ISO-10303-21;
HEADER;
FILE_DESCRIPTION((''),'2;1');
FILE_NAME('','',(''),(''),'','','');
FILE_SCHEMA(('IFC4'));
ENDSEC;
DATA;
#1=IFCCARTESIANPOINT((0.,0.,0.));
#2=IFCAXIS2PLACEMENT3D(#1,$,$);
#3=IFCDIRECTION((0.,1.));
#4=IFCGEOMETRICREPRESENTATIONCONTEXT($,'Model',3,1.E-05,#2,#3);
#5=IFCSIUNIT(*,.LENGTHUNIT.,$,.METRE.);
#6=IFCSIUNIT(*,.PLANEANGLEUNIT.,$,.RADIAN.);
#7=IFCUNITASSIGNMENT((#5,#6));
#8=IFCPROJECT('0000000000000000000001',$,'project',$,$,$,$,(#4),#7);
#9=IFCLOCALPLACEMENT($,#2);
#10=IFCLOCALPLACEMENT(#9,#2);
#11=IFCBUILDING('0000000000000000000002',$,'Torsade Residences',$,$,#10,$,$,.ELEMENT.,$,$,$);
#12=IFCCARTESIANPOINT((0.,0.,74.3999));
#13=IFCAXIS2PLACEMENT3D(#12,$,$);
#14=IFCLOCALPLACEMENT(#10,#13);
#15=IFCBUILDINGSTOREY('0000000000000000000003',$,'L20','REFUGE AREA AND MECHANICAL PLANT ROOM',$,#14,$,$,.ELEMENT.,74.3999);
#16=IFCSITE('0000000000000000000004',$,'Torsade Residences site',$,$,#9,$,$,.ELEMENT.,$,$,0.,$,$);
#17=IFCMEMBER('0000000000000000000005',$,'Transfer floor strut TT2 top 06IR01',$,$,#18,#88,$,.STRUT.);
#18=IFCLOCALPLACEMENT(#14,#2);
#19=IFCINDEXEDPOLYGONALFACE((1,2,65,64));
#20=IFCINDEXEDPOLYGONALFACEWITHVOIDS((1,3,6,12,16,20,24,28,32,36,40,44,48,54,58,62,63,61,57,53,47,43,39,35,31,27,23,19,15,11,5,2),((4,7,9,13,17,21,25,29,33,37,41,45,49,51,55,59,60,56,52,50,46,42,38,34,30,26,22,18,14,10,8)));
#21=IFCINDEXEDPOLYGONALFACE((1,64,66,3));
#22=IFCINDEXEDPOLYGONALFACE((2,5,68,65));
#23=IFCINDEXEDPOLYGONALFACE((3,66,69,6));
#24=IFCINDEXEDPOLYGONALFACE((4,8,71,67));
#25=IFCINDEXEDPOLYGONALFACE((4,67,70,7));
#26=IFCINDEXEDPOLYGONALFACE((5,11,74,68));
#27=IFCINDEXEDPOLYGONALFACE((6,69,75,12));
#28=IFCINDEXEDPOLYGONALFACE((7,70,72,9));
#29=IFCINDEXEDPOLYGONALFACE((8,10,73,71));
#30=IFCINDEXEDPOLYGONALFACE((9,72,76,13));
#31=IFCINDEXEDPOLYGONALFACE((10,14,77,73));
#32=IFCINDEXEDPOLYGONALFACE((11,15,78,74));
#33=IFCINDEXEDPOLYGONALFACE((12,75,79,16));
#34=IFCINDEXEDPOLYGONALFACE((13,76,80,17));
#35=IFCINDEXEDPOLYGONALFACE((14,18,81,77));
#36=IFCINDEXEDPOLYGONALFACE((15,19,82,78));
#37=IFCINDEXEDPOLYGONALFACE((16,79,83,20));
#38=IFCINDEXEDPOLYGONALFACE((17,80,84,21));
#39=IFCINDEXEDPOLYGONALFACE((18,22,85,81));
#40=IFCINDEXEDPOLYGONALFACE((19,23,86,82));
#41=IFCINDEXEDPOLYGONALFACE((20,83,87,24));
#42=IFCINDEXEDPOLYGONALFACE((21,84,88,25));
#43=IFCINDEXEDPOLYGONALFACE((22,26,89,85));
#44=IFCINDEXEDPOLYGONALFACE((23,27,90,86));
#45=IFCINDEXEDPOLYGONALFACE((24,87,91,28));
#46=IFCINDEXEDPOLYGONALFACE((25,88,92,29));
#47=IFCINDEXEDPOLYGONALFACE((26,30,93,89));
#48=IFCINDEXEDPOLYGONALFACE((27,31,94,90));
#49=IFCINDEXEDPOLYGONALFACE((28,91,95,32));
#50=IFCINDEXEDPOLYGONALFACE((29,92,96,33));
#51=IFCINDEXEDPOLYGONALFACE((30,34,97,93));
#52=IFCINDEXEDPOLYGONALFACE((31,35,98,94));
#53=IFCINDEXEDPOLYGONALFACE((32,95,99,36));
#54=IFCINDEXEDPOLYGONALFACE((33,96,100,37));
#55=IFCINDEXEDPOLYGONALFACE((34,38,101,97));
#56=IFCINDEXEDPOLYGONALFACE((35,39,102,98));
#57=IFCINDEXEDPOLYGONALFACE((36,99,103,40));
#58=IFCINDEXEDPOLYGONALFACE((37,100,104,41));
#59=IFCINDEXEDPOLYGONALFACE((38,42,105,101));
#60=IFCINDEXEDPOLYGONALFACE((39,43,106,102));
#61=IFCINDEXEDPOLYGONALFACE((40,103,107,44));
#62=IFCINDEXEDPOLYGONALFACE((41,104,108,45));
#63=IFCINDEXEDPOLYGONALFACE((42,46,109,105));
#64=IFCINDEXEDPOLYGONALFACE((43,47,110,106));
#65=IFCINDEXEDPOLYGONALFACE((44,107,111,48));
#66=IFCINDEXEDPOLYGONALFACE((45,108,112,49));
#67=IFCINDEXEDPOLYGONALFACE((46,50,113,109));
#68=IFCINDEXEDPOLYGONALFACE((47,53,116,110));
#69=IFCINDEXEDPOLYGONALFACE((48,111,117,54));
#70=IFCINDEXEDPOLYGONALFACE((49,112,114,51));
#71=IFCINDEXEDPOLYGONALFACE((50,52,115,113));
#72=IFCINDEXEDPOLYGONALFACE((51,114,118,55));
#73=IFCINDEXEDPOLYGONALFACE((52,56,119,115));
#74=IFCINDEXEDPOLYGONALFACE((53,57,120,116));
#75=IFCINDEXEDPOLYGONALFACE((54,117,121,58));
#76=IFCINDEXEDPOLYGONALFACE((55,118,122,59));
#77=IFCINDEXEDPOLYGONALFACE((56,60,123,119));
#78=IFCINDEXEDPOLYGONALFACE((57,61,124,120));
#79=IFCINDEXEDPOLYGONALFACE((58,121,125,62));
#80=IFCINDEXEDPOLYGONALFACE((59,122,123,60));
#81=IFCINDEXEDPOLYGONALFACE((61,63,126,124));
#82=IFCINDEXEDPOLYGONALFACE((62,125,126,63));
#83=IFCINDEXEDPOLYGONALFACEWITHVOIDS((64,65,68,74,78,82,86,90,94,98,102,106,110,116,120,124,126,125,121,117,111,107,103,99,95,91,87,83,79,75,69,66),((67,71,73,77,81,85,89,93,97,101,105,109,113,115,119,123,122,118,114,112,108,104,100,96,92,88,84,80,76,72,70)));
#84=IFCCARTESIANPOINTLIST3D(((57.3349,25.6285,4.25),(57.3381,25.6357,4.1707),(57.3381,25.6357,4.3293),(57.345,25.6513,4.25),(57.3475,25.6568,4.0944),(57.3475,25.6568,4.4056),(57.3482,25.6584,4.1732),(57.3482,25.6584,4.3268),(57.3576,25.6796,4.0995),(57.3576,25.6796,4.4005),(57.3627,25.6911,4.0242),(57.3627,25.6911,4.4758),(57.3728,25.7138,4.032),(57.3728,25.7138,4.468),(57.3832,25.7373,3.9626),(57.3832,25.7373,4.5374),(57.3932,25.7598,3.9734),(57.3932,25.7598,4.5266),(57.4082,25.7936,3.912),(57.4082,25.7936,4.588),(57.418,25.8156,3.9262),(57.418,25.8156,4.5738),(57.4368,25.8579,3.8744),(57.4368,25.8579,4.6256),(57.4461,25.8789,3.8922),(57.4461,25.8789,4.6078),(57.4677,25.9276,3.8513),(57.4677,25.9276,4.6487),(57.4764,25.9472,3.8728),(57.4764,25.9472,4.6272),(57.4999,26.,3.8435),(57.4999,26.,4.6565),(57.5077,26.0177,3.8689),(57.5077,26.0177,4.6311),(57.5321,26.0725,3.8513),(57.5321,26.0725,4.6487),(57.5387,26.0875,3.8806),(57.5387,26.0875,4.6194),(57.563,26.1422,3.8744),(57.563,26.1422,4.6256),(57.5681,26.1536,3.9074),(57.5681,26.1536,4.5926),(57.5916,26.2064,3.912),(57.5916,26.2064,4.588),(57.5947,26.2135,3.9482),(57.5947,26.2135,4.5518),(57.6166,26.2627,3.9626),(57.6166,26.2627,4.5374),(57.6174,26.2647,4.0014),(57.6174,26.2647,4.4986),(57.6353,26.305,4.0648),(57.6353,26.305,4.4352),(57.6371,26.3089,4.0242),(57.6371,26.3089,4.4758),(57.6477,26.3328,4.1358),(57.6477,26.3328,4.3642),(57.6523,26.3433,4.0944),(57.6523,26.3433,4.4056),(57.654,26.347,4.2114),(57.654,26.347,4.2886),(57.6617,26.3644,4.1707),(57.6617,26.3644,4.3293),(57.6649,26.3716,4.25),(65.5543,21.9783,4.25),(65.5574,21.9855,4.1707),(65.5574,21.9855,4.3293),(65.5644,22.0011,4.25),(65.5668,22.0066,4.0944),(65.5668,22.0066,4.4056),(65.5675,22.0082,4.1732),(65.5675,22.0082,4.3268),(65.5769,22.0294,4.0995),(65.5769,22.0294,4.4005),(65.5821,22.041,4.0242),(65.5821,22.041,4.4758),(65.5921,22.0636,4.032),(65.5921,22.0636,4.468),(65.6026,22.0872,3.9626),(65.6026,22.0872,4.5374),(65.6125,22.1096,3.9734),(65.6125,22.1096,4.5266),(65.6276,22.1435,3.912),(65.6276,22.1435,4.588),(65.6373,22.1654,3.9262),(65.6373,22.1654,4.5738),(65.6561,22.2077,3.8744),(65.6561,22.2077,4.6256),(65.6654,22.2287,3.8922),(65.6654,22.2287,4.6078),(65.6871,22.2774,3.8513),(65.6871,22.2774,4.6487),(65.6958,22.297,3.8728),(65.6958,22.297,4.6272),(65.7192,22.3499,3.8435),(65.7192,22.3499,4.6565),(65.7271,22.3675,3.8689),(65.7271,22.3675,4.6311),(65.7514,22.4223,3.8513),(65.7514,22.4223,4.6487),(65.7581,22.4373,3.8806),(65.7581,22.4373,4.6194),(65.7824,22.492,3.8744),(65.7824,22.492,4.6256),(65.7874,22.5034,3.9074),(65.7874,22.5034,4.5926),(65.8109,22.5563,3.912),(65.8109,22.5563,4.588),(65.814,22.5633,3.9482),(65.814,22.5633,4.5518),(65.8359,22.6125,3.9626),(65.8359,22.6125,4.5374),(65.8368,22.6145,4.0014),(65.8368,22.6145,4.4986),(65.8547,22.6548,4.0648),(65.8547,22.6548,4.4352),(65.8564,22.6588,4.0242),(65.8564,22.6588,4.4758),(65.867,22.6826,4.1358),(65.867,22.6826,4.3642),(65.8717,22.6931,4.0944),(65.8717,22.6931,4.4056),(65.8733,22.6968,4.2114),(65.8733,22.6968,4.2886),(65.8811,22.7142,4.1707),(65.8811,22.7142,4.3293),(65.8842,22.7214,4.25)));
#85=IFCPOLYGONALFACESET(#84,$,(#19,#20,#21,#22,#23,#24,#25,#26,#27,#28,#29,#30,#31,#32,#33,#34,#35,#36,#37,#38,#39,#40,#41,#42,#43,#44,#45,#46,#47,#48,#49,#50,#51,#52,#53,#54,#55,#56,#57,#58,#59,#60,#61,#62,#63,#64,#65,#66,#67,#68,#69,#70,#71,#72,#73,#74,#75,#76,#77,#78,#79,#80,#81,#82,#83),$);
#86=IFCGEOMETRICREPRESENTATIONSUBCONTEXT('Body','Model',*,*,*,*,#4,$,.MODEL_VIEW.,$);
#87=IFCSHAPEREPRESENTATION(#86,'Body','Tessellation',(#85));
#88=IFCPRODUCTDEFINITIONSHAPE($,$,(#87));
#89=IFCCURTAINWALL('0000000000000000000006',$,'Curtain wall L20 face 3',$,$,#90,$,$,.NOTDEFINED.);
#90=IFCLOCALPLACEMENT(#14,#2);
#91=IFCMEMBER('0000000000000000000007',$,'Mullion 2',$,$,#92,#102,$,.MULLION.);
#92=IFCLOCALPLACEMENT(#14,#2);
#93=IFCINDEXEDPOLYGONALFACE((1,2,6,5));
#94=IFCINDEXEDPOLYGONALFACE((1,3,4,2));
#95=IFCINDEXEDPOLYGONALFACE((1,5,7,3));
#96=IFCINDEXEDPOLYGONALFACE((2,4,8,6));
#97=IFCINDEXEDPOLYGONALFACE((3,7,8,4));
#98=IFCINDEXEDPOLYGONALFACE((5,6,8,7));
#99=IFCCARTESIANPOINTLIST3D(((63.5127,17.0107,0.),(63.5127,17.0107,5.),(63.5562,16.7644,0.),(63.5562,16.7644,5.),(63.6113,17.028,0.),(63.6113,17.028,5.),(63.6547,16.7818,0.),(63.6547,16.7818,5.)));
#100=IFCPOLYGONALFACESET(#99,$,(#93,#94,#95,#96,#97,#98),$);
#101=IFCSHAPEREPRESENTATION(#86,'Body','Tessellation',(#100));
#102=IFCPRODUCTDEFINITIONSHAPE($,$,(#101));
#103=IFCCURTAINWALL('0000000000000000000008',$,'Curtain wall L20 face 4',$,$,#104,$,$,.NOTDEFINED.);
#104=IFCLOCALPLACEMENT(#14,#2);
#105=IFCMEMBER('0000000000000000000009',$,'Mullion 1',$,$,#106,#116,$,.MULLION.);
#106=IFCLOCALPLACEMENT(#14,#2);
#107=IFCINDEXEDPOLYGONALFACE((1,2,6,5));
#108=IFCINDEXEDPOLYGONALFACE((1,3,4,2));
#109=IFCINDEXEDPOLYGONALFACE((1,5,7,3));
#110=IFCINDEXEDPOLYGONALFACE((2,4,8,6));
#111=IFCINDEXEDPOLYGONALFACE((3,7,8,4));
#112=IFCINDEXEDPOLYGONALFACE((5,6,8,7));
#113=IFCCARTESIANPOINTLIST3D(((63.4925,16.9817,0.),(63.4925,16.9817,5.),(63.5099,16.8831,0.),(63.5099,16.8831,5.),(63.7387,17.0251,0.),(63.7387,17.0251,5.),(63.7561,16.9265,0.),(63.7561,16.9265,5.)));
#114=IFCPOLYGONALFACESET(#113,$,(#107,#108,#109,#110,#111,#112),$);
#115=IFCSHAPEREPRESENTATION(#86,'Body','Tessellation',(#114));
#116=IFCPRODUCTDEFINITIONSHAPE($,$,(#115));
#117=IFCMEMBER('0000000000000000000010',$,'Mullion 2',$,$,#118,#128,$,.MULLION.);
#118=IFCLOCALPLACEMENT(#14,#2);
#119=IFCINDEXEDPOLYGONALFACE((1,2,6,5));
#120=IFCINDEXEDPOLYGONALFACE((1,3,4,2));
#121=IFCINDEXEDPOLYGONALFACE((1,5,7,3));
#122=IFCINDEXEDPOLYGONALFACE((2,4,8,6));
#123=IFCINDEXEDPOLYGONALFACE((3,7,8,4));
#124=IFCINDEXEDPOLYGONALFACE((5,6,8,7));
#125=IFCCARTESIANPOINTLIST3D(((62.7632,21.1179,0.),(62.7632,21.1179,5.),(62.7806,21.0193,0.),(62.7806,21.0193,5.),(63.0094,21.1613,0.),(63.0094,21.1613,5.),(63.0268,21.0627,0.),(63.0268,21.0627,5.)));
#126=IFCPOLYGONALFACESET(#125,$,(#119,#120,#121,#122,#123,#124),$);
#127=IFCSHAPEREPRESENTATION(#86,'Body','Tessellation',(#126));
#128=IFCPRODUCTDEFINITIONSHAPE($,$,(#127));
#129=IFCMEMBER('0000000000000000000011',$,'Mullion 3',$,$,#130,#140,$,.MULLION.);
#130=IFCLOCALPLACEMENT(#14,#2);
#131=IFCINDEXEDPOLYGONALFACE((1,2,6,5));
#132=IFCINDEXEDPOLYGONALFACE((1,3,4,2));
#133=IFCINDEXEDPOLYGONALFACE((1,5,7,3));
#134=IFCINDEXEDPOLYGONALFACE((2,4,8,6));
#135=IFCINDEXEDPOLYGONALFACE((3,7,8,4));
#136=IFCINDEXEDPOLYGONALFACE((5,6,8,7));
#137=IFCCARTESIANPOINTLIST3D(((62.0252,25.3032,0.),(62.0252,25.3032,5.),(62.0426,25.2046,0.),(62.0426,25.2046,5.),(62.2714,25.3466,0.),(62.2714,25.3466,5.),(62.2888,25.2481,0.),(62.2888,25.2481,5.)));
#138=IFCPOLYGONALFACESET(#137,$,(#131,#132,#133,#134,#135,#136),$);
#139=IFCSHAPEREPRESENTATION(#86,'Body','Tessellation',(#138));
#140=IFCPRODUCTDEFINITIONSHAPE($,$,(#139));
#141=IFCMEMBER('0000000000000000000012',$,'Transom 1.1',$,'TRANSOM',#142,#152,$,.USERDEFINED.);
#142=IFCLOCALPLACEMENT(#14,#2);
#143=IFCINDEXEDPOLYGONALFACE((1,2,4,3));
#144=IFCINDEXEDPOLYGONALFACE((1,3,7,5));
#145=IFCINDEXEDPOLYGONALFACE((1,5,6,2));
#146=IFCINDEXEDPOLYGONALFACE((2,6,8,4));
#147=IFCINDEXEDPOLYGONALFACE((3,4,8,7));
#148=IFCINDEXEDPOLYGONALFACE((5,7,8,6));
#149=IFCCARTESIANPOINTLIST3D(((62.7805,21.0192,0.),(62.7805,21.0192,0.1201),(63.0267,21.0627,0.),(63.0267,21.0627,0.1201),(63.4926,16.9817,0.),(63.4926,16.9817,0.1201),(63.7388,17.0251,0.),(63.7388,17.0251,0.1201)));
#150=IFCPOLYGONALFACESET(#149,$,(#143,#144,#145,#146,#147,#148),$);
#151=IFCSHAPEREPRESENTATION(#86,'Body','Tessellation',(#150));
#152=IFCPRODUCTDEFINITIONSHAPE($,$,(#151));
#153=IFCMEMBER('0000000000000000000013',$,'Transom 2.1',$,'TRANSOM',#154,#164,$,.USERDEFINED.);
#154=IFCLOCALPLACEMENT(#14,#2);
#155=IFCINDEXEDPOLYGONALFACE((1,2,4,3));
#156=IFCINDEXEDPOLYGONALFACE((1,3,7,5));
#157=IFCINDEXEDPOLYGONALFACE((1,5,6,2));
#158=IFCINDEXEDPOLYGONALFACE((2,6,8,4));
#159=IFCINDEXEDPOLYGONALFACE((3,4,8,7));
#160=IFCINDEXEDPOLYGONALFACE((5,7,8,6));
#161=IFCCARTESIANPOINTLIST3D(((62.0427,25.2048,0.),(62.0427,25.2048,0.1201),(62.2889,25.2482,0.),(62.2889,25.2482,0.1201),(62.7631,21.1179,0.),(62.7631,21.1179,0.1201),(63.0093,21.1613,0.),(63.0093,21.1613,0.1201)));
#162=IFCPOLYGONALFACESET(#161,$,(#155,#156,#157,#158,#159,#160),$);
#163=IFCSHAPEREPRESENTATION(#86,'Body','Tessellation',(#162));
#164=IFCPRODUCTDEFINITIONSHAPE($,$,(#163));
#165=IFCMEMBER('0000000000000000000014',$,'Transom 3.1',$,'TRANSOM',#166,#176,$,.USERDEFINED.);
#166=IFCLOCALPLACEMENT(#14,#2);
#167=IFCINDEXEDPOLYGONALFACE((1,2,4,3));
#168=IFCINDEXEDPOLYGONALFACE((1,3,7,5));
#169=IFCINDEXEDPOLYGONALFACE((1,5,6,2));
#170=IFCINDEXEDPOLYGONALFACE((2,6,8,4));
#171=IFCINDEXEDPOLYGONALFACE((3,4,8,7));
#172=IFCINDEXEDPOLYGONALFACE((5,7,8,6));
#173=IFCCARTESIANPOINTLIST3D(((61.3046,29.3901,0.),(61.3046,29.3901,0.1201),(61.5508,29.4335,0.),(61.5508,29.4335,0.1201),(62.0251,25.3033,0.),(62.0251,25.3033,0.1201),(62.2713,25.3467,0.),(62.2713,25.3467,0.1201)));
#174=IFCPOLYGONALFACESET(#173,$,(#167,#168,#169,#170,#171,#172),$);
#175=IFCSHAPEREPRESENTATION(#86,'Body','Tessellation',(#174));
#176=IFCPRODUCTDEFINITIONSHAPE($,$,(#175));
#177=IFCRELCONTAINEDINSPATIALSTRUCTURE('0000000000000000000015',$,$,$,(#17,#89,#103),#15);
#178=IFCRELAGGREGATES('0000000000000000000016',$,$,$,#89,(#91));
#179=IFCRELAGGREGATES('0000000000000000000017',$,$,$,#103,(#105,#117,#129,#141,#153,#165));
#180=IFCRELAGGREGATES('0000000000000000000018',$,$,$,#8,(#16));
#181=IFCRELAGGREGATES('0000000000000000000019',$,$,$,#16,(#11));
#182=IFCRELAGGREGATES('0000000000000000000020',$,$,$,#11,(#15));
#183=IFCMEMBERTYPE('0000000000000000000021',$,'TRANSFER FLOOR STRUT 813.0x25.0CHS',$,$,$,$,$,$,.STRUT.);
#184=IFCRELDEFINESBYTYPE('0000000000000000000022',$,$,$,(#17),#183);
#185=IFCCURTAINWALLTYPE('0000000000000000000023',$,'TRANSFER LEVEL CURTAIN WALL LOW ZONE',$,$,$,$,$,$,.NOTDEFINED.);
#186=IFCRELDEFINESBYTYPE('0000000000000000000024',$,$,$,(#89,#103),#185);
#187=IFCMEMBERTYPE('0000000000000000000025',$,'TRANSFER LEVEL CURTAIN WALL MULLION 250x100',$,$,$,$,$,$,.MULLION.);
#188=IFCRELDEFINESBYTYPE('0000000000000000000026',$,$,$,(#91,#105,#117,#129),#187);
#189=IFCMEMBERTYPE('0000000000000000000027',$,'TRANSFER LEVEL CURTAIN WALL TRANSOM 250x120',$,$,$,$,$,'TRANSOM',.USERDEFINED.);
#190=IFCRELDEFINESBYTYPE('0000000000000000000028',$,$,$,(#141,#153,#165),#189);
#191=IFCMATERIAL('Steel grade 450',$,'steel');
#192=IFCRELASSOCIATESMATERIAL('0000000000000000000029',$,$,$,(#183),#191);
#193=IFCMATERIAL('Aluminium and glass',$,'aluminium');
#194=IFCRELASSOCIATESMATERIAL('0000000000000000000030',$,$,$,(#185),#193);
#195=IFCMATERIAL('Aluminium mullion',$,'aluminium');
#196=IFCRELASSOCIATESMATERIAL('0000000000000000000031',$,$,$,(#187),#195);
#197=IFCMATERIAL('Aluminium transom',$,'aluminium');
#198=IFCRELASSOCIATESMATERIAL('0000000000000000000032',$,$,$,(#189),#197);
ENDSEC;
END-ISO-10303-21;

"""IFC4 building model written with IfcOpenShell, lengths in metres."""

from ifc_helpers import new_model, si_unit, direction, frame, origin, origin_2d, place, context, subcontext, project, spatial, rectangle, hollow_circle, extrude, material, material_profile, profile_set, type_object, element, aggregate, save


model = new_model("IFC4")

# Units and contexts
model_context = context("Model", 3, precision=1e-05, world=origin(), true_north=direction((0.0, 1.0)))
body_context = subcontext(model_context, "Body", "Model", "MODEL_VIEW")
ifc_project = project(units=[si_unit("LENGTHUNIT", "METRE"), si_unit("PLANEANGLEUNIT", "RADIAN")], contexts=[model_context])

# Site, building, storey
site_placement = place(None, origin())
site = spatial("IfcSite", under=ifc_project, at=site_placement, Name="Torsade Residences site", CompositionType="ELEMENT", RefElevation=0.0)
building_placement = place(site_placement, origin())
building = spatial("IfcBuilding", under=site, at=building_placement, Name="Torsade Residences", CompositionType="ELEMENT")
storey_placement = place(building_placement, frame((0.0, 0.0, 74.3999)))
storey = spatial("IfcBuildingStorey", under=building, at=storey_placement, Name="L20", Description="REFUGE AREA AND MECHANICAL PLANT ROOM", CompositionType="ELEMENT", Elevation=74.3999)

# Member
ifc_material_1 = material(Name="Steel grade 450", Category="steel")
ifc_material_profile_1 = material_profile(ifc_material_1, hollow_circle(Radius=0.4065, WallThickness=0.0249, at=origin_2d()), Name="813.0x25.0CHS")
ifc_profile_set_1 = profile_set([ifc_material_profile_1], Name="Steel grade 450")
member_type_1 = type_object("IfcMemberType", Name="TRANSFER FLOOR STRUT 813.0x25.0CHS", PredefinedType="STRUT", material=ifc_profile_set_1)
member_1_placement = place(storey_placement, frame((65.7192, 22.3499, 4.25), z_axis=(-0.913929, 0.405874, 0.0), x_axis=(-0.405874, -0.913929, 0.0)))
element("IfcMember", 1, at=member_1_placement, inside=storey, type_object=member_type_1, Name="Transfer floor strut TT2 top 06IR01", PredefinedType="STRUT", context=body_context, shape_type="SweptSolid", body=[
    extrude(hollow_circle(Radius=0.4065, WallThickness=0.0249, at=origin_2d()), origin(), (0.0, 0.0, 1.0), 8.9934),
])

# Curtain wall, member
ifc_material_2 = material(Name="Aluminium and glass", Category="aluminium")
curtain_wall_type = type_object("IfcCurtainWallType", Name="TRANSFER LEVEL CURTAIN WALL LOW ZONE", PredefinedType="NOTDEFINED", material=ifc_material_2)
curtain_wall_1_placement = place(storey_placement, origin())
curtain_wall_1 = element("IfcCurtainWall", 2, at=curtain_wall_1_placement, inside=storey, type_object=curtain_wall_type, Name="Curtain wall L20 face 3", PredefinedType="NOTDEFINED")
ifc_material_3 = material(Name="Aluminium mullion", Category="aluminium")
ifc_material_profile_2 = material_profile(ifc_material_3, rectangle(XDim=0.25, YDim=0.1001, at=origin_2d()), Name="TRANSFER LEVEL CURTAIN WALL MULLION 250x100")
ifc_profile_set_2 = profile_set([ifc_material_profile_2], Name="Aluminium mullion")
member_type_2 = type_object("IfcMemberType", Name="TRANSFER LEVEL CURTAIN WALL MULLION 250x100", PredefinedType="MULLION", material=ifc_profile_set_2)
member_2_placement = place(storey_placement, frame((63.5837, 16.8962, 0.0), z_axis=(0.0, 0.0, 1.0), x_axis=(-0.173648, 0.984808, 0.0)))
member_2 = element("IfcMember", 3, at=member_2_placement, type_object=member_type_2, Name="Mullion 2", PredefinedType="MULLION", context=body_context, shape_type="SweptSolid", body=[
    extrude(rectangle(XDim=0.25, YDim=0.1001, at=origin_2d()), origin(), (0.0, 0.0, 1.0), 5.0),
])
aggregate(curtain_wall_1, [member_2])

# Curtain wall, members
curtain_wall_2_placement = place(storey_placement, origin())
curtain_wall_2 = element("IfcCurtainWall", 4, at=curtain_wall_2_placement, inside=storey, type_object=curtain_wall_type, Name="Curtain wall L20 face 4", PredefinedType="NOTDEFINED")
member_3_placement = place(storey_placement, frame((63.6243, 16.9541, 0.0), z_axis=(0.0, 0.0, 1.0), x_axis=(-0.984808, -0.173648, 0.0)))
member_3 = element("IfcMember", 5, at=member_3_placement, type_object=member_type_2, Name="Mullion 1", PredefinedType="MULLION", context=body_context, shape_type="SweptSolid", body=[
    extrude(rectangle(XDim=0.25, YDim=0.1001, at=origin_2d()), origin(), (0.0, 0.0, 1.0), 5.0),
])
member_4_placement = place(storey_placement, frame((62.895, 21.0903, 0.0), z_axis=(0.0, 0.0, 1.0), x_axis=(-0.984808, -0.173648, 0.0)))
member_4 = element("IfcMember", 6, at=member_4_placement, type_object=member_type_2, Name="Mullion 2", PredefinedType="MULLION", context=body_context, shape_type="SweptSolid", body=[
    extrude(rectangle(XDim=0.25, YDim=0.1001, at=origin_2d()), origin(), (0.0, 0.0, 1.0), 5.0),
])
member_5_placement = place(storey_placement, frame((62.157, 25.2756, 0.0), z_axis=(0.0, 0.0, 1.0), x_axis=(-0.984808, -0.173648, 0.0)))
member_5 = element("IfcMember", 7, at=member_5_placement, type_object=member_type_2, Name="Mullion 3", PredefinedType="MULLION", context=body_context, shape_type="SweptSolid", body=[
    extrude(rectangle(XDim=0.25, YDim=0.1001, at=origin_2d()), origin(), (0.0, 0.0, 1.0), 5.0),
])
ifc_material_4 = material(Name="Aluminium transom", Category="aluminium")
ifc_material_profile_3 = material_profile(ifc_material_4, rectangle(XDim=0.25, YDim=0.1201, at=origin_2d()), Name="TRANSFER LEVEL CURTAIN WALL TRANSOM 250x120")
ifc_profile_set_3 = profile_set([ifc_material_profile_3], Name="Aluminium transom")
member_type_3 = type_object("IfcMemberType", Name="TRANSFER LEVEL CURTAIN WALL TRANSOM 250x120", ElementType="TRANSOM", PredefinedType="USERDEFINED", material=ifc_profile_set_3)
member_6_placement = place(storey_placement, frame((63.6157, 17.0034, 0.0601), z_axis=(-0.1737, 0.984799, 0.0), x_axis=(-0.984799, -0.1737, 0.0)))
member_6 = element("IfcMember", 8, at=member_6_placement, type_object=member_type_3, Name="Transom 1.1", ObjectType="TRANSOM", PredefinedType="USERDEFINED", context=body_context, shape_type="SweptSolid", body=[
    extrude(rectangle(XDim=0.25, YDim=0.1201, at=origin_2d()), origin(), (0.0, 0.0, 1.0), 4.0999),
])
member_7_placement = place(storey_placement, frame((62.8862, 21.1396, 0.0601), z_axis=(-0.173607, 0.984815, 0.0), x_axis=(-0.984815, -0.173607, 0.0)))
member_7 = element("IfcMember", 9, at=member_7_placement, type_object=member_type_3, Name="Transom 2.1", ObjectType="TRANSOM", PredefinedType="USERDEFINED", context=body_context, shape_type="SweptSolid", body=[
    extrude(rectangle(XDim=0.25, YDim=0.1201, at=origin_2d()), origin(), (0.0, 0.0, 1.0), 4.1499),
])
member_8_placement = place(storey_placement, frame((62.1482, 25.325, 0.0601), z_axis=(-0.173607, 0.984815, 0.0), x_axis=(-0.984815, -0.173607, 0.0)))
member_8 = element("IfcMember", 10, at=member_8_placement, type_object=member_type_3, Name="Transom 3.1", ObjectType="TRANSOM", PredefinedType="USERDEFINED", context=body_context, shape_type="SweptSolid", body=[
    extrude(rectangle(XDim=0.25, YDim=0.1201, at=origin_2d()), origin(), (0.0, 0.0, 1.0), 4.1499),
])

aggregate(curtain_wall_2, [member_3, member_4, member_5, member_6, member_7, member_8])

save(model, "model.ifc")
